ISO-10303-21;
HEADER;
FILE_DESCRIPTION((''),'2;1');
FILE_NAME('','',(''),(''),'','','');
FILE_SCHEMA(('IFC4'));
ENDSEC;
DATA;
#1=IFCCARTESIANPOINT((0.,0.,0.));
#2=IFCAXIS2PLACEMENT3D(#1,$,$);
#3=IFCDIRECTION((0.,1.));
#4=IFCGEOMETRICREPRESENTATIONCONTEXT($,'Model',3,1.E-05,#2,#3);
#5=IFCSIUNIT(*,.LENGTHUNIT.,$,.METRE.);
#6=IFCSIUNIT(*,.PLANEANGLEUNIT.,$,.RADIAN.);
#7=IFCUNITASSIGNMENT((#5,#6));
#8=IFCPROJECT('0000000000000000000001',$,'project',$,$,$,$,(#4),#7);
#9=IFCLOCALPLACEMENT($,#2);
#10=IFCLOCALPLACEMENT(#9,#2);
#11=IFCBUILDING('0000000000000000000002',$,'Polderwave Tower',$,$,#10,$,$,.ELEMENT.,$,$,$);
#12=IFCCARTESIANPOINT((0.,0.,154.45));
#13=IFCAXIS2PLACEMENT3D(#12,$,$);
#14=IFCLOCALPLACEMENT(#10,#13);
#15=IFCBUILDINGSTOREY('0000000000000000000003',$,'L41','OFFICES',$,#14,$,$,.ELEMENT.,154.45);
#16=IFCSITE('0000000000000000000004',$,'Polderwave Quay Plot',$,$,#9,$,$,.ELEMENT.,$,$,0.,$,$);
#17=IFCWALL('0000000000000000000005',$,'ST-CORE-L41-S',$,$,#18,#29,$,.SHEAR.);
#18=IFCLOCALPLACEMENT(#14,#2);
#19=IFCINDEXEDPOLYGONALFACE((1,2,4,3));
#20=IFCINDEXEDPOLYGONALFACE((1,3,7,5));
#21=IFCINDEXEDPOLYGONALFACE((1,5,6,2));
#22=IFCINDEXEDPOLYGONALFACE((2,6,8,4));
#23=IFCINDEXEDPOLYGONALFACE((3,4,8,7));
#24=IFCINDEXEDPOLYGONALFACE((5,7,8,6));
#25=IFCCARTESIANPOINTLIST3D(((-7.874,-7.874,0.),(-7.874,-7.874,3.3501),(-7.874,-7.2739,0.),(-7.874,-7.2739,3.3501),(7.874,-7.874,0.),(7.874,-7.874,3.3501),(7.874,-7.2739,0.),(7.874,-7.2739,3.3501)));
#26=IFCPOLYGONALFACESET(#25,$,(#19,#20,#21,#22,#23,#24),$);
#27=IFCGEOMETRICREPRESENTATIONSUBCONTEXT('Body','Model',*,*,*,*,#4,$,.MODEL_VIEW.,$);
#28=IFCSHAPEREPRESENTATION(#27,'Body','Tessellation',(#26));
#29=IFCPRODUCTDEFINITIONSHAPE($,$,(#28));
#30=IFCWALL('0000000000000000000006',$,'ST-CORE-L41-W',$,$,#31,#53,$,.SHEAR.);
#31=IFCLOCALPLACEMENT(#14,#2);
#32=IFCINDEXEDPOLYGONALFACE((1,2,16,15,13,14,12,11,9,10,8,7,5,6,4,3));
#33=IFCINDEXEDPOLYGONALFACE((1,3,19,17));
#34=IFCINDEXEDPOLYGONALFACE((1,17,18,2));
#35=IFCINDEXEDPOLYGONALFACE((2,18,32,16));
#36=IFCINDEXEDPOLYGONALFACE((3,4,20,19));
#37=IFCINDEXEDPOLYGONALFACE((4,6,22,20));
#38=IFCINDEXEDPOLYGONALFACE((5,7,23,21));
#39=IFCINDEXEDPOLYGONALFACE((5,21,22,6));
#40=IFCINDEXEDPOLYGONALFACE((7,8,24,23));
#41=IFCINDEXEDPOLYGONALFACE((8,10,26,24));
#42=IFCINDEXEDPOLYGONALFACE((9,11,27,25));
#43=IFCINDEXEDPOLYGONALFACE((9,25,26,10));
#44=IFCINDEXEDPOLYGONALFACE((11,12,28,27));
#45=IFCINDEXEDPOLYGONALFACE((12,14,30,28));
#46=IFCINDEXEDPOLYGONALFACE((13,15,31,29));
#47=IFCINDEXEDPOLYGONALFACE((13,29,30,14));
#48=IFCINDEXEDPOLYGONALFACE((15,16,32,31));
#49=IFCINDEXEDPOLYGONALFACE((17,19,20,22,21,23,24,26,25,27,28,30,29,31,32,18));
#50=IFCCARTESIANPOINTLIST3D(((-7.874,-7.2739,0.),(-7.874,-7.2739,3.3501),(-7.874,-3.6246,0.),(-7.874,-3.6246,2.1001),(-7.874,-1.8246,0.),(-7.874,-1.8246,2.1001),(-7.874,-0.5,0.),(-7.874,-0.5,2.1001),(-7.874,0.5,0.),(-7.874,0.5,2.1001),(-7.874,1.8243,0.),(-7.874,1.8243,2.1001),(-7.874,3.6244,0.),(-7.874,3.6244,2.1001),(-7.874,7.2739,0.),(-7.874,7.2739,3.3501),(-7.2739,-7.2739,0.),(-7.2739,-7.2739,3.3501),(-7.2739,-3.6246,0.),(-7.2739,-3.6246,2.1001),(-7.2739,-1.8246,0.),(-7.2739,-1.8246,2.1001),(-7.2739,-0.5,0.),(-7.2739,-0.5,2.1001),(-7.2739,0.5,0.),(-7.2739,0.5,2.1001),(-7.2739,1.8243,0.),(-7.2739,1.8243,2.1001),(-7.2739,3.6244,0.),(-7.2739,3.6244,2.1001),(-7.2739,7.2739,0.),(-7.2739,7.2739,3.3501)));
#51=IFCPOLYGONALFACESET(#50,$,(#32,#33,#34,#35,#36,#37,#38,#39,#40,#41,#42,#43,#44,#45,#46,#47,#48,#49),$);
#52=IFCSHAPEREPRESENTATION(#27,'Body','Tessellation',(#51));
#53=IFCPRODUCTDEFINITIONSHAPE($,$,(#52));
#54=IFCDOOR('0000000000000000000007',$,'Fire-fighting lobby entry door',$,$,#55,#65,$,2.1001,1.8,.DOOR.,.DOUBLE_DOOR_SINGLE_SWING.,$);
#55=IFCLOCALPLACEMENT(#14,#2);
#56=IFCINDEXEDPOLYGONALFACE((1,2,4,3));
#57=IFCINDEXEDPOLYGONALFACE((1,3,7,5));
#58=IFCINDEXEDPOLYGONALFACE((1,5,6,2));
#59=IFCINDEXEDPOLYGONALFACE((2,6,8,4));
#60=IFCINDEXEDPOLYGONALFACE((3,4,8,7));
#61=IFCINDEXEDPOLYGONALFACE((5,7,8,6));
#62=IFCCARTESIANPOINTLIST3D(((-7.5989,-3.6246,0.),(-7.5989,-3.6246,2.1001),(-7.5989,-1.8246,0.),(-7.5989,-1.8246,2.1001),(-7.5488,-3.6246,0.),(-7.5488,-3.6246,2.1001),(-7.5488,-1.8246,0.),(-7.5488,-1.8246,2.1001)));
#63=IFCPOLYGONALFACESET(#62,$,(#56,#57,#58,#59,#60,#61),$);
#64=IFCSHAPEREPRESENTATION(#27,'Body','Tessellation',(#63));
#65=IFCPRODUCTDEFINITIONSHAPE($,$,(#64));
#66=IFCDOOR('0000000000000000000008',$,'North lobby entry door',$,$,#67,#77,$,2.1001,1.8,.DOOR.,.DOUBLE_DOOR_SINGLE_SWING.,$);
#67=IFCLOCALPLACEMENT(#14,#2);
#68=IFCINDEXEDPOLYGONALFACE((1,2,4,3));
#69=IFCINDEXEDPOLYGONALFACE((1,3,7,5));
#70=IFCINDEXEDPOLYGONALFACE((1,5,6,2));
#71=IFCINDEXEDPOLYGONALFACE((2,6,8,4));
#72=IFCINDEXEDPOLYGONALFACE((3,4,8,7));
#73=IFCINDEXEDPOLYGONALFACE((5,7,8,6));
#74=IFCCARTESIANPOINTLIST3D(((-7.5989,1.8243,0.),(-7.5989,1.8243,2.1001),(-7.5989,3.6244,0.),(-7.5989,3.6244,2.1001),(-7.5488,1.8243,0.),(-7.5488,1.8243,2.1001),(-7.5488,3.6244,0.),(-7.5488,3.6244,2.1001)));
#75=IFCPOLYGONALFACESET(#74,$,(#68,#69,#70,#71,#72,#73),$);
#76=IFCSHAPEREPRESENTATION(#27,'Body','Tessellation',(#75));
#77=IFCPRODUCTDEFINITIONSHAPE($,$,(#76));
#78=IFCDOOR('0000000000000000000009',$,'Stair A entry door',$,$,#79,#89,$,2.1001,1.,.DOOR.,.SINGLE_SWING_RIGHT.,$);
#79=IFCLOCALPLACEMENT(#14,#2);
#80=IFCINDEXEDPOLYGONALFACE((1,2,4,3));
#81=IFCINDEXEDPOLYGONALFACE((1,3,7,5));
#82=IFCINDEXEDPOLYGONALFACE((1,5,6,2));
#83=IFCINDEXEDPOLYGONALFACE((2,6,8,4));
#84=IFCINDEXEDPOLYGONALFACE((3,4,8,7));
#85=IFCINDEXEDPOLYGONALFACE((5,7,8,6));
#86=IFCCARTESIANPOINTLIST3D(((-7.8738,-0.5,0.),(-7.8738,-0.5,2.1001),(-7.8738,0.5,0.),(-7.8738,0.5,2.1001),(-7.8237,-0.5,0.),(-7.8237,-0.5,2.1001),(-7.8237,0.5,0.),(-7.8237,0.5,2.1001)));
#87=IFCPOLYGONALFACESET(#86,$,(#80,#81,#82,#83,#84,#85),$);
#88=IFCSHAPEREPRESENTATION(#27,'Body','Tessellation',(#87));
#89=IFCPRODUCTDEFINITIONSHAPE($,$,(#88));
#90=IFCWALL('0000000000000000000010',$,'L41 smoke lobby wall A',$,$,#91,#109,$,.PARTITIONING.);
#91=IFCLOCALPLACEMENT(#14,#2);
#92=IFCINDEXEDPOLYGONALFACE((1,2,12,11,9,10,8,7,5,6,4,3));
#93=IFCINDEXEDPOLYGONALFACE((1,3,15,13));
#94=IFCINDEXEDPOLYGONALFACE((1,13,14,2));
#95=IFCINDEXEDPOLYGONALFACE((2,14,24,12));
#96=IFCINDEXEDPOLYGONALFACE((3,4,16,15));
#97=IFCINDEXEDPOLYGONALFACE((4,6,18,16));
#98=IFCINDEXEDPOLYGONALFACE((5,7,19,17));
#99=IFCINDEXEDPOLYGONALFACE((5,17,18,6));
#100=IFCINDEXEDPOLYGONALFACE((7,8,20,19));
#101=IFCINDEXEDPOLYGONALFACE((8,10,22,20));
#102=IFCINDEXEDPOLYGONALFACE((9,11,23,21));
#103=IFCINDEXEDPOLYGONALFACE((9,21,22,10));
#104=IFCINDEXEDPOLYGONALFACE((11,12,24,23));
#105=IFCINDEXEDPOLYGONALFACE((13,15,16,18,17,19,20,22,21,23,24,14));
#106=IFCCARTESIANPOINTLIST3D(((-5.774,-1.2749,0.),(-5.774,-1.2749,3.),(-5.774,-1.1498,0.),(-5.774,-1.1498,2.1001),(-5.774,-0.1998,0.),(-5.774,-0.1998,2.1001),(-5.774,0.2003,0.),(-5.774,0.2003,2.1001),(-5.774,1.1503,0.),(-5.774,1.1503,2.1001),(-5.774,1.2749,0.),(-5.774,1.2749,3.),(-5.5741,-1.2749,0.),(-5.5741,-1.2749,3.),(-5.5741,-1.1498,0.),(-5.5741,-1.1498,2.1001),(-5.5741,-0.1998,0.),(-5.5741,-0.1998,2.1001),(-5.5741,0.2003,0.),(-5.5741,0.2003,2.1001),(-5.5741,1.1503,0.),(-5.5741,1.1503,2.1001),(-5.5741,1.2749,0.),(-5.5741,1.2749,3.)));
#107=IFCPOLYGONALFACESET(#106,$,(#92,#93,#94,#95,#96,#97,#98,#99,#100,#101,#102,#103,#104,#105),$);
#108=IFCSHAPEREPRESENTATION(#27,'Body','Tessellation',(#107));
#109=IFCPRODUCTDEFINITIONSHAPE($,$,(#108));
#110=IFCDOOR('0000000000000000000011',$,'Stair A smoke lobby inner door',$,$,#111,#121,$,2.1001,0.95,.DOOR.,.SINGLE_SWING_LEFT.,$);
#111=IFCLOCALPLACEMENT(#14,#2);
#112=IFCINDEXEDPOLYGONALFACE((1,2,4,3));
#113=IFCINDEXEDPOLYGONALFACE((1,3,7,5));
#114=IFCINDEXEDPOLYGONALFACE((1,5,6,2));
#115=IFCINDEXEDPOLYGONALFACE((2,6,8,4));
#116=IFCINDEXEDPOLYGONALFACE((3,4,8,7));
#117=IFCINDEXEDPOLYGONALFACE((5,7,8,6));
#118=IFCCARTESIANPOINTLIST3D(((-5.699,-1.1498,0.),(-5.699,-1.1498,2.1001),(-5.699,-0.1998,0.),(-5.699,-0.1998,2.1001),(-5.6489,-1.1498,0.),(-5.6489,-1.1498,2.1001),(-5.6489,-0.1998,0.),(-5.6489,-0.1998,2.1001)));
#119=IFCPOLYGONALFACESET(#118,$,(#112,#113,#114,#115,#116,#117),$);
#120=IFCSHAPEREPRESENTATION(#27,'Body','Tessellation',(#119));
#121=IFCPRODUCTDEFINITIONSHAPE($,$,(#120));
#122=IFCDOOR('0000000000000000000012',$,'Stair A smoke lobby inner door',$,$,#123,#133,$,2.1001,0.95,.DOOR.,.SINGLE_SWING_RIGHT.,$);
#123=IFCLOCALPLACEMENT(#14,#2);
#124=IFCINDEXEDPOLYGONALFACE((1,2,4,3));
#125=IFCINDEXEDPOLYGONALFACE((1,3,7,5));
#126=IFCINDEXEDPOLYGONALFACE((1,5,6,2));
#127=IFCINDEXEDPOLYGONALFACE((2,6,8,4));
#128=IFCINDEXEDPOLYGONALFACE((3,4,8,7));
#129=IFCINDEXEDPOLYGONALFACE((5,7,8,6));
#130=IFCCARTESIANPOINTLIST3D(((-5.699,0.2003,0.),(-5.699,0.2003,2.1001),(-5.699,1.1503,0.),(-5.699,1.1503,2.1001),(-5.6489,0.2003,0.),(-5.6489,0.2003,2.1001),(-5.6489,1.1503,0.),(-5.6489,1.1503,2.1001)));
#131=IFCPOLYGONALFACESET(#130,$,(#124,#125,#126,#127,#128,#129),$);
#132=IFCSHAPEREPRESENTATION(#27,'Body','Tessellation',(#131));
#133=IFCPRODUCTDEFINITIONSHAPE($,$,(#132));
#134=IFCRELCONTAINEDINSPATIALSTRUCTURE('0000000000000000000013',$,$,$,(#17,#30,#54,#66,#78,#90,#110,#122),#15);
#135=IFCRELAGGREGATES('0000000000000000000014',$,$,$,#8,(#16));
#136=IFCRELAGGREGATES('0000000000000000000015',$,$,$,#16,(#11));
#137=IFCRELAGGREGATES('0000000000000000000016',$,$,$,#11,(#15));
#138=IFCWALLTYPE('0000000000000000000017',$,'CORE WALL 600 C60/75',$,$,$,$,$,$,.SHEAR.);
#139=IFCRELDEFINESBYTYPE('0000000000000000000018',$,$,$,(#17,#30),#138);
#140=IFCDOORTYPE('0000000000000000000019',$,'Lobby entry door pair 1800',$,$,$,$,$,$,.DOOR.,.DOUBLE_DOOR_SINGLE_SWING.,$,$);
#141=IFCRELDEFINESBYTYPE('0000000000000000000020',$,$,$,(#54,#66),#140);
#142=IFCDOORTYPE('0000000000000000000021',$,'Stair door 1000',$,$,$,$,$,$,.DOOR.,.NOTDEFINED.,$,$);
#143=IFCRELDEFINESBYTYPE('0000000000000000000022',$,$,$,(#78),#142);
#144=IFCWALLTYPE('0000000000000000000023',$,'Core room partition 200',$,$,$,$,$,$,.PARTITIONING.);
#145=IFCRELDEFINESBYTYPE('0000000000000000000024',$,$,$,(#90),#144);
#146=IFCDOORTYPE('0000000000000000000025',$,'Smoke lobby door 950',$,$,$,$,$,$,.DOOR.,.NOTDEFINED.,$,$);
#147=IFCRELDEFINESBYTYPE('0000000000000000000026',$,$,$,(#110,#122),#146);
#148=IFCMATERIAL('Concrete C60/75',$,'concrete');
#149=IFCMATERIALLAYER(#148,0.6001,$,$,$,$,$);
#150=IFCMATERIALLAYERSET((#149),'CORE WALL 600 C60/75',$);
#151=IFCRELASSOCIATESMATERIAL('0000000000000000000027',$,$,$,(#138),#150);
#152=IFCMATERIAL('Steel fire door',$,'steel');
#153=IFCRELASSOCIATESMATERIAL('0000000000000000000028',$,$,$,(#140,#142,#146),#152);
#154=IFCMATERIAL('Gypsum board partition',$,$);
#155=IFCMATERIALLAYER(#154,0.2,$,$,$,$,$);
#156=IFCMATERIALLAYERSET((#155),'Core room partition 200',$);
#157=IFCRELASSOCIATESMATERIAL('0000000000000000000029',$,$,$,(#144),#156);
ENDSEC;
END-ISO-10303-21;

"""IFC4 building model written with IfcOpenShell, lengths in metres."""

from ifc_helpers import new_model, si_unit, direction, frame, frame_2d, origin, place, context, subcontext, project, spatial, rectangle, extrude, material, layer, layer_set, type_object, element, fill, save


model = new_model("IFC4")

# Units and contexts
model_context = context("Model", 3, precision=1e-05, world=origin(), true_north=direction((0.0, 1.0)))
body_context = subcontext(model_context, "Body", "Model", "MODEL_VIEW")
ifc_project = project(units=[si_unit("LENGTHUNIT", "METRE"), si_unit("PLANEANGLEUNIT", "RADIAN")], contexts=[model_context])

# Site, building, storey
site_placement = place(None, origin())
site = spatial("IfcSite", under=ifc_project, at=site_placement, Name="Polderwave Quay Plot", CompositionType="ELEMENT", RefElevation=0.0)
building_placement = place(site_placement, origin())
building = spatial("IfcBuilding", under=site, at=building_placement, Name="Polderwave Tower", CompositionType="ELEMENT")
storey_placement = place(building_placement, frame((0.0, 0.0, 154.45)))
storey = spatial("IfcBuildingStorey", under=building, at=storey_placement, Name="L41", Description="OFFICES", CompositionType="ELEMENT", Elevation=154.45)

# Wall
ifc_material_1 = material(Name="Concrete C60/75", Category="concrete")
ifc_layer_1 = layer(ifc_material_1, 0.6001)
ifc_layer_set_1 = layer_set([ifc_layer_1], Name="CORE WALL 600 C60/75")
wall_type_1 = type_object("IfcWallType", Name="CORE WALL 600 C60/75", PredefinedType="SHEAR", material=ifc_layer_set_1)
wall_1_placement = place(storey_placement, frame((-7.874, -7.574, 0.0), z_axis=(0.0, 0.0, 1.0), x_axis=(1.0, 0.0, 0.0)))
element("IfcWall", 1, at=wall_1_placement, inside=storey, type_object=wall_type_1, Name="ST-CORE-L41-S", PredefinedType="SHEAR", context=body_context, shape_type="SweptSolid", body=[
    extrude(rectangle(XDim=15.748, YDim=0.6001, at=frame_2d((7.874, 0.0))), origin(), (0.0, 0.0, 1.0), 3.3501),
])

# Walls, openings, doors
wall_2_placement = place(storey_placement, frame((-7.574, -7.2739, 0.0), z_axis=(0.0, 0.0, 1.0), x_axis=(0.0, 1.0, 0.0)))
wall_2 = element("IfcWall", 2, at=wall_2_placement, inside=storey, type_object=wall_type_1, Name="ST-CORE-L41-W", PredefinedType="SHEAR", context=body_context, shape_type="SweptSolid", body=[
    extrude(rectangle(XDim=14.5479, YDim=0.6001, at=frame_2d((7.2739, 0.0))), origin(), (0.0, 0.0, 1.0), 3.3501),
])
opening_1_placement = place(wall_2_placement, frame((6.7739, 0.0, 0.0)))
opening_1 = element("IfcOpeningElement", 3, at=opening_1_placement, cuts=wall_2, PredefinedType="OPENING", context=body_context, shape_type="SweptSolid", body=[
    extrude(rectangle(XDim=1.0, YDim=2.1001, at=frame_2d((0.5, 1.05))), frame((0.0, 0.3101, 0.0), z_axis=(0.0, -1.0, 0.0), x_axis=(1.0, 0.0, 0.0)), (0.0, 0.0, 1.0), 0.6201),
])
opening_2_placement = place(wall_2_placement, frame((3.6494, 0.0, 0.0)))
opening_2 = element("IfcOpeningElement", 4, at=opening_2_placement, cuts=wall_2, PredefinedType="OPENING", context=body_context, shape_type="SweptSolid", body=[
    extrude(rectangle(XDim=1.8, YDim=2.1001, at=frame_2d((0.8999, 1.05))), frame((0.0, 0.3101, 0.0), z_axis=(0.0, -1.0, 0.0), x_axis=(1.0, 0.0, 0.0)), (0.0, 0.0, 1.0), 0.6201),
])
opening_3_placement = place(wall_2_placement, frame((9.0984, 0.0, 0.0)))
opening_3 = element("IfcOpeningElement", 5, at=opening_3_placement, cuts=wall_2, PredefinedType="OPENING", context=body_context, shape_type="SweptSolid", body=[
    extrude(rectangle(XDim=1.8, YDim=2.1001, at=frame_2d((0.8999, 1.05))), frame((0.0, 0.3101, 0.0), z_axis=(0.0, -1.0, 0.0), x_axis=(1.0, 0.0, 0.0)), (0.0, 0.0, 1.0), 0.6201),
])
ifc_material_2 = material(Name="Steel fire door", Category="steel")
door_type_1 = type_object("IfcDoorType", Name="Lobby entry door pair 1800", OperationType="DOUBLE_DOOR_SINGLE_SWING", PredefinedType="DOOR", material=ifc_material_2)
door_1_placement = place(opening_2_placement, origin())
door_1 = element("IfcDoor", 6, at=door_1_placement, inside=storey, type_object=door_type_1, Name="Fire-fighting lobby entry door", OperationType="DOUBLE_DOOR_SINGLE_SWING", OverallHeight=2.1001, OverallWidth=1.8, PredefinedType="DOOR", context=body_context, shape_type="SweptSolid", body=[
    extrude(rectangle(XDim=1.8, YDim=2.1001, at=frame_2d((0.8999, 1.05))), frame((0.0, 0.0249, 0.0), z_axis=(0.0, -1.0, 0.0), x_axis=(1.0, 0.0, 0.0)), (0.0, 0.0, 1.0), 0.05),
])
fill(opening_2, door_1)
door_2_placement = place(opening_3_placement, origin())
door_2 = element("IfcDoor", 7, at=door_2_placement, inside=storey, type_object=door_type_1, Name="North lobby entry door", OperationType="DOUBLE_DOOR_SINGLE_SWING", OverallHeight=2.1001, OverallWidth=1.8, PredefinedType="DOOR", context=body_context, shape_type="SweptSolid", body=[
    extrude(rectangle(XDim=1.8, YDim=2.1001, at=frame_2d((0.8999, 1.05))), frame((0.0, 0.0249, 0.0), z_axis=(0.0, -1.0, 0.0), x_axis=(1.0, 0.0, 0.0)), (0.0, 0.0, 1.0), 0.05),
])
fill(opening_3, door_2)
door_type_2 = type_object("IfcDoorType", Name="Stair door 1000", OperationType="NOTDEFINED", PredefinedType="DOOR", material=ifc_material_2)
door_3_placement = place(opening_1_placement, origin())
door_3 = element("IfcDoor", 8, at=door_3_placement, inside=storey, type_object=door_type_2, Name="Stair A entry door", OperationType="SINGLE_SWING_RIGHT", OverallHeight=2.1001, OverallWidth=1.0, PredefinedType="DOOR", context=body_context, shape_type="SweptSolid", body=[
    extrude(rectangle(XDim=1.0, YDim=2.1001, at=frame_2d((0.5, 1.05))), frame((0.0, 0.2998, 0.0), z_axis=(0.0, -1.0, 0.0), x_axis=(1.0, 0.0, 0.0)), (0.0, 0.0, 1.0), 0.05),
])
fill(opening_1, door_3)
ifc_material_3 = material(Name="Gypsum board partition")
ifc_layer_2 = layer(ifc_material_3, 0.2)
ifc_layer_set_2 = layer_set([ifc_layer_2], Name="Core room partition 200")
wall_type_2 = type_object("IfcWallType", Name="Core room partition 200", PredefinedType="PARTITIONING", material=ifc_layer_set_2)
wall_3_placement = place(storey_placement, frame((-5.6741, -1.2749, 0.0), z_axis=(0.0, 0.0, 1.0), x_axis=(0.0, 1.0, 0.0)))
wall_3 = element("IfcWall", 9, at=wall_3_placement, inside=storey, type_object=wall_type_2, Name="L41 smoke lobby wall A", PredefinedType="PARTITIONING", context=body_context, shape_type="SweptSolid", body=[
    extrude(rectangle(XDim=2.5498, YDim=0.2, at=frame_2d((1.2749, 0.0))), origin(), (0.0, 0.0, 1.0), 3.0),
])
opening_4_placement = place(wall_3_placement, frame((0.125, 0.0, 0.0)))
opening_4 = element("IfcOpeningElement", 10, at=opening_4_placement, cuts=wall_3, PredefinedType="OPENING", context=body_context, shape_type="SweptSolid", body=[
    extrude(rectangle(XDim=0.95, YDim=2.1001, at=frame_2d((0.4751, 1.05))), frame((0.0, 0.1099, 0.0), z_axis=(0.0, -1.0, 0.0), x_axis=(1.0, 0.0, 0.0)), (0.0, 0.0, 1.0), 0.22),
])
opening_5_placement = place(wall_3_placement, frame((1.4751, 0.0, 0.0)))
opening_5 = element("IfcOpeningElement", 11, at=opening_5_placement, cuts=wall_3, PredefinedType="OPENING", context=body_context, shape_type="SweptSolid", body=[
    extrude(rectangle(XDim=0.95, YDim=2.1001, at=frame_2d((0.4751, 1.05))), frame((0.0, 0.1099, 0.0), z_axis=(0.0, -1.0, 0.0), x_axis=(1.0, 0.0, 0.0)), (0.0, 0.0, 1.0), 0.22),
])
door_type_3 = type_object("IfcDoorType", Name="Smoke lobby door 950", OperationType="NOTDEFINED", PredefinedType="DOOR", material=ifc_material_2)
door_4_placement = place(opening_4_placement, origin())
door_4 = element("IfcDoor", 12, at=door_4_placement, inside=storey, type_object=door_type_3, Name="Stair A smoke lobby inner door", OperationType="SINGLE_SWING_LEFT", OverallHeight=2.1001, OverallWidth=0.95, PredefinedType="DOOR", context=body_context, shape_type="SweptSolid", body=[
    extrude(rectangle(XDim=0.95, YDim=2.1001, at=frame_2d((0.4751, 1.05))), frame((0.0, 0.0249, 0.0), z_axis=(0.0, -1.0, 0.0), x_axis=(1.0, 0.0, 0.0)), (0.0, 0.0, 1.0), 0.05),
])
fill(opening_4, door_4)
door_5_placement = place(opening_5_placement, origin())
door_5 = element("IfcDoor", 13, at=door_5_placement, inside=storey, type_object=door_type_3, Name="Stair A smoke lobby inner door", OperationType="SINGLE_SWING_RIGHT", OverallHeight=2.1001, OverallWidth=0.95, PredefinedType="DOOR", context=body_context, shape_type="SweptSolid", body=[
    extrude(rectangle(XDim=0.95, YDim=2.1001, at=frame_2d((0.4751, 1.05))), frame((0.0, 0.0249, 0.0), z_axis=(0.0, -1.0, 0.0), x_axis=(1.0, 0.0, 0.0)), (0.0, 0.0, 1.0), 0.05),
])
fill(opening_5, door_5)

save(model, "model.ifc")
